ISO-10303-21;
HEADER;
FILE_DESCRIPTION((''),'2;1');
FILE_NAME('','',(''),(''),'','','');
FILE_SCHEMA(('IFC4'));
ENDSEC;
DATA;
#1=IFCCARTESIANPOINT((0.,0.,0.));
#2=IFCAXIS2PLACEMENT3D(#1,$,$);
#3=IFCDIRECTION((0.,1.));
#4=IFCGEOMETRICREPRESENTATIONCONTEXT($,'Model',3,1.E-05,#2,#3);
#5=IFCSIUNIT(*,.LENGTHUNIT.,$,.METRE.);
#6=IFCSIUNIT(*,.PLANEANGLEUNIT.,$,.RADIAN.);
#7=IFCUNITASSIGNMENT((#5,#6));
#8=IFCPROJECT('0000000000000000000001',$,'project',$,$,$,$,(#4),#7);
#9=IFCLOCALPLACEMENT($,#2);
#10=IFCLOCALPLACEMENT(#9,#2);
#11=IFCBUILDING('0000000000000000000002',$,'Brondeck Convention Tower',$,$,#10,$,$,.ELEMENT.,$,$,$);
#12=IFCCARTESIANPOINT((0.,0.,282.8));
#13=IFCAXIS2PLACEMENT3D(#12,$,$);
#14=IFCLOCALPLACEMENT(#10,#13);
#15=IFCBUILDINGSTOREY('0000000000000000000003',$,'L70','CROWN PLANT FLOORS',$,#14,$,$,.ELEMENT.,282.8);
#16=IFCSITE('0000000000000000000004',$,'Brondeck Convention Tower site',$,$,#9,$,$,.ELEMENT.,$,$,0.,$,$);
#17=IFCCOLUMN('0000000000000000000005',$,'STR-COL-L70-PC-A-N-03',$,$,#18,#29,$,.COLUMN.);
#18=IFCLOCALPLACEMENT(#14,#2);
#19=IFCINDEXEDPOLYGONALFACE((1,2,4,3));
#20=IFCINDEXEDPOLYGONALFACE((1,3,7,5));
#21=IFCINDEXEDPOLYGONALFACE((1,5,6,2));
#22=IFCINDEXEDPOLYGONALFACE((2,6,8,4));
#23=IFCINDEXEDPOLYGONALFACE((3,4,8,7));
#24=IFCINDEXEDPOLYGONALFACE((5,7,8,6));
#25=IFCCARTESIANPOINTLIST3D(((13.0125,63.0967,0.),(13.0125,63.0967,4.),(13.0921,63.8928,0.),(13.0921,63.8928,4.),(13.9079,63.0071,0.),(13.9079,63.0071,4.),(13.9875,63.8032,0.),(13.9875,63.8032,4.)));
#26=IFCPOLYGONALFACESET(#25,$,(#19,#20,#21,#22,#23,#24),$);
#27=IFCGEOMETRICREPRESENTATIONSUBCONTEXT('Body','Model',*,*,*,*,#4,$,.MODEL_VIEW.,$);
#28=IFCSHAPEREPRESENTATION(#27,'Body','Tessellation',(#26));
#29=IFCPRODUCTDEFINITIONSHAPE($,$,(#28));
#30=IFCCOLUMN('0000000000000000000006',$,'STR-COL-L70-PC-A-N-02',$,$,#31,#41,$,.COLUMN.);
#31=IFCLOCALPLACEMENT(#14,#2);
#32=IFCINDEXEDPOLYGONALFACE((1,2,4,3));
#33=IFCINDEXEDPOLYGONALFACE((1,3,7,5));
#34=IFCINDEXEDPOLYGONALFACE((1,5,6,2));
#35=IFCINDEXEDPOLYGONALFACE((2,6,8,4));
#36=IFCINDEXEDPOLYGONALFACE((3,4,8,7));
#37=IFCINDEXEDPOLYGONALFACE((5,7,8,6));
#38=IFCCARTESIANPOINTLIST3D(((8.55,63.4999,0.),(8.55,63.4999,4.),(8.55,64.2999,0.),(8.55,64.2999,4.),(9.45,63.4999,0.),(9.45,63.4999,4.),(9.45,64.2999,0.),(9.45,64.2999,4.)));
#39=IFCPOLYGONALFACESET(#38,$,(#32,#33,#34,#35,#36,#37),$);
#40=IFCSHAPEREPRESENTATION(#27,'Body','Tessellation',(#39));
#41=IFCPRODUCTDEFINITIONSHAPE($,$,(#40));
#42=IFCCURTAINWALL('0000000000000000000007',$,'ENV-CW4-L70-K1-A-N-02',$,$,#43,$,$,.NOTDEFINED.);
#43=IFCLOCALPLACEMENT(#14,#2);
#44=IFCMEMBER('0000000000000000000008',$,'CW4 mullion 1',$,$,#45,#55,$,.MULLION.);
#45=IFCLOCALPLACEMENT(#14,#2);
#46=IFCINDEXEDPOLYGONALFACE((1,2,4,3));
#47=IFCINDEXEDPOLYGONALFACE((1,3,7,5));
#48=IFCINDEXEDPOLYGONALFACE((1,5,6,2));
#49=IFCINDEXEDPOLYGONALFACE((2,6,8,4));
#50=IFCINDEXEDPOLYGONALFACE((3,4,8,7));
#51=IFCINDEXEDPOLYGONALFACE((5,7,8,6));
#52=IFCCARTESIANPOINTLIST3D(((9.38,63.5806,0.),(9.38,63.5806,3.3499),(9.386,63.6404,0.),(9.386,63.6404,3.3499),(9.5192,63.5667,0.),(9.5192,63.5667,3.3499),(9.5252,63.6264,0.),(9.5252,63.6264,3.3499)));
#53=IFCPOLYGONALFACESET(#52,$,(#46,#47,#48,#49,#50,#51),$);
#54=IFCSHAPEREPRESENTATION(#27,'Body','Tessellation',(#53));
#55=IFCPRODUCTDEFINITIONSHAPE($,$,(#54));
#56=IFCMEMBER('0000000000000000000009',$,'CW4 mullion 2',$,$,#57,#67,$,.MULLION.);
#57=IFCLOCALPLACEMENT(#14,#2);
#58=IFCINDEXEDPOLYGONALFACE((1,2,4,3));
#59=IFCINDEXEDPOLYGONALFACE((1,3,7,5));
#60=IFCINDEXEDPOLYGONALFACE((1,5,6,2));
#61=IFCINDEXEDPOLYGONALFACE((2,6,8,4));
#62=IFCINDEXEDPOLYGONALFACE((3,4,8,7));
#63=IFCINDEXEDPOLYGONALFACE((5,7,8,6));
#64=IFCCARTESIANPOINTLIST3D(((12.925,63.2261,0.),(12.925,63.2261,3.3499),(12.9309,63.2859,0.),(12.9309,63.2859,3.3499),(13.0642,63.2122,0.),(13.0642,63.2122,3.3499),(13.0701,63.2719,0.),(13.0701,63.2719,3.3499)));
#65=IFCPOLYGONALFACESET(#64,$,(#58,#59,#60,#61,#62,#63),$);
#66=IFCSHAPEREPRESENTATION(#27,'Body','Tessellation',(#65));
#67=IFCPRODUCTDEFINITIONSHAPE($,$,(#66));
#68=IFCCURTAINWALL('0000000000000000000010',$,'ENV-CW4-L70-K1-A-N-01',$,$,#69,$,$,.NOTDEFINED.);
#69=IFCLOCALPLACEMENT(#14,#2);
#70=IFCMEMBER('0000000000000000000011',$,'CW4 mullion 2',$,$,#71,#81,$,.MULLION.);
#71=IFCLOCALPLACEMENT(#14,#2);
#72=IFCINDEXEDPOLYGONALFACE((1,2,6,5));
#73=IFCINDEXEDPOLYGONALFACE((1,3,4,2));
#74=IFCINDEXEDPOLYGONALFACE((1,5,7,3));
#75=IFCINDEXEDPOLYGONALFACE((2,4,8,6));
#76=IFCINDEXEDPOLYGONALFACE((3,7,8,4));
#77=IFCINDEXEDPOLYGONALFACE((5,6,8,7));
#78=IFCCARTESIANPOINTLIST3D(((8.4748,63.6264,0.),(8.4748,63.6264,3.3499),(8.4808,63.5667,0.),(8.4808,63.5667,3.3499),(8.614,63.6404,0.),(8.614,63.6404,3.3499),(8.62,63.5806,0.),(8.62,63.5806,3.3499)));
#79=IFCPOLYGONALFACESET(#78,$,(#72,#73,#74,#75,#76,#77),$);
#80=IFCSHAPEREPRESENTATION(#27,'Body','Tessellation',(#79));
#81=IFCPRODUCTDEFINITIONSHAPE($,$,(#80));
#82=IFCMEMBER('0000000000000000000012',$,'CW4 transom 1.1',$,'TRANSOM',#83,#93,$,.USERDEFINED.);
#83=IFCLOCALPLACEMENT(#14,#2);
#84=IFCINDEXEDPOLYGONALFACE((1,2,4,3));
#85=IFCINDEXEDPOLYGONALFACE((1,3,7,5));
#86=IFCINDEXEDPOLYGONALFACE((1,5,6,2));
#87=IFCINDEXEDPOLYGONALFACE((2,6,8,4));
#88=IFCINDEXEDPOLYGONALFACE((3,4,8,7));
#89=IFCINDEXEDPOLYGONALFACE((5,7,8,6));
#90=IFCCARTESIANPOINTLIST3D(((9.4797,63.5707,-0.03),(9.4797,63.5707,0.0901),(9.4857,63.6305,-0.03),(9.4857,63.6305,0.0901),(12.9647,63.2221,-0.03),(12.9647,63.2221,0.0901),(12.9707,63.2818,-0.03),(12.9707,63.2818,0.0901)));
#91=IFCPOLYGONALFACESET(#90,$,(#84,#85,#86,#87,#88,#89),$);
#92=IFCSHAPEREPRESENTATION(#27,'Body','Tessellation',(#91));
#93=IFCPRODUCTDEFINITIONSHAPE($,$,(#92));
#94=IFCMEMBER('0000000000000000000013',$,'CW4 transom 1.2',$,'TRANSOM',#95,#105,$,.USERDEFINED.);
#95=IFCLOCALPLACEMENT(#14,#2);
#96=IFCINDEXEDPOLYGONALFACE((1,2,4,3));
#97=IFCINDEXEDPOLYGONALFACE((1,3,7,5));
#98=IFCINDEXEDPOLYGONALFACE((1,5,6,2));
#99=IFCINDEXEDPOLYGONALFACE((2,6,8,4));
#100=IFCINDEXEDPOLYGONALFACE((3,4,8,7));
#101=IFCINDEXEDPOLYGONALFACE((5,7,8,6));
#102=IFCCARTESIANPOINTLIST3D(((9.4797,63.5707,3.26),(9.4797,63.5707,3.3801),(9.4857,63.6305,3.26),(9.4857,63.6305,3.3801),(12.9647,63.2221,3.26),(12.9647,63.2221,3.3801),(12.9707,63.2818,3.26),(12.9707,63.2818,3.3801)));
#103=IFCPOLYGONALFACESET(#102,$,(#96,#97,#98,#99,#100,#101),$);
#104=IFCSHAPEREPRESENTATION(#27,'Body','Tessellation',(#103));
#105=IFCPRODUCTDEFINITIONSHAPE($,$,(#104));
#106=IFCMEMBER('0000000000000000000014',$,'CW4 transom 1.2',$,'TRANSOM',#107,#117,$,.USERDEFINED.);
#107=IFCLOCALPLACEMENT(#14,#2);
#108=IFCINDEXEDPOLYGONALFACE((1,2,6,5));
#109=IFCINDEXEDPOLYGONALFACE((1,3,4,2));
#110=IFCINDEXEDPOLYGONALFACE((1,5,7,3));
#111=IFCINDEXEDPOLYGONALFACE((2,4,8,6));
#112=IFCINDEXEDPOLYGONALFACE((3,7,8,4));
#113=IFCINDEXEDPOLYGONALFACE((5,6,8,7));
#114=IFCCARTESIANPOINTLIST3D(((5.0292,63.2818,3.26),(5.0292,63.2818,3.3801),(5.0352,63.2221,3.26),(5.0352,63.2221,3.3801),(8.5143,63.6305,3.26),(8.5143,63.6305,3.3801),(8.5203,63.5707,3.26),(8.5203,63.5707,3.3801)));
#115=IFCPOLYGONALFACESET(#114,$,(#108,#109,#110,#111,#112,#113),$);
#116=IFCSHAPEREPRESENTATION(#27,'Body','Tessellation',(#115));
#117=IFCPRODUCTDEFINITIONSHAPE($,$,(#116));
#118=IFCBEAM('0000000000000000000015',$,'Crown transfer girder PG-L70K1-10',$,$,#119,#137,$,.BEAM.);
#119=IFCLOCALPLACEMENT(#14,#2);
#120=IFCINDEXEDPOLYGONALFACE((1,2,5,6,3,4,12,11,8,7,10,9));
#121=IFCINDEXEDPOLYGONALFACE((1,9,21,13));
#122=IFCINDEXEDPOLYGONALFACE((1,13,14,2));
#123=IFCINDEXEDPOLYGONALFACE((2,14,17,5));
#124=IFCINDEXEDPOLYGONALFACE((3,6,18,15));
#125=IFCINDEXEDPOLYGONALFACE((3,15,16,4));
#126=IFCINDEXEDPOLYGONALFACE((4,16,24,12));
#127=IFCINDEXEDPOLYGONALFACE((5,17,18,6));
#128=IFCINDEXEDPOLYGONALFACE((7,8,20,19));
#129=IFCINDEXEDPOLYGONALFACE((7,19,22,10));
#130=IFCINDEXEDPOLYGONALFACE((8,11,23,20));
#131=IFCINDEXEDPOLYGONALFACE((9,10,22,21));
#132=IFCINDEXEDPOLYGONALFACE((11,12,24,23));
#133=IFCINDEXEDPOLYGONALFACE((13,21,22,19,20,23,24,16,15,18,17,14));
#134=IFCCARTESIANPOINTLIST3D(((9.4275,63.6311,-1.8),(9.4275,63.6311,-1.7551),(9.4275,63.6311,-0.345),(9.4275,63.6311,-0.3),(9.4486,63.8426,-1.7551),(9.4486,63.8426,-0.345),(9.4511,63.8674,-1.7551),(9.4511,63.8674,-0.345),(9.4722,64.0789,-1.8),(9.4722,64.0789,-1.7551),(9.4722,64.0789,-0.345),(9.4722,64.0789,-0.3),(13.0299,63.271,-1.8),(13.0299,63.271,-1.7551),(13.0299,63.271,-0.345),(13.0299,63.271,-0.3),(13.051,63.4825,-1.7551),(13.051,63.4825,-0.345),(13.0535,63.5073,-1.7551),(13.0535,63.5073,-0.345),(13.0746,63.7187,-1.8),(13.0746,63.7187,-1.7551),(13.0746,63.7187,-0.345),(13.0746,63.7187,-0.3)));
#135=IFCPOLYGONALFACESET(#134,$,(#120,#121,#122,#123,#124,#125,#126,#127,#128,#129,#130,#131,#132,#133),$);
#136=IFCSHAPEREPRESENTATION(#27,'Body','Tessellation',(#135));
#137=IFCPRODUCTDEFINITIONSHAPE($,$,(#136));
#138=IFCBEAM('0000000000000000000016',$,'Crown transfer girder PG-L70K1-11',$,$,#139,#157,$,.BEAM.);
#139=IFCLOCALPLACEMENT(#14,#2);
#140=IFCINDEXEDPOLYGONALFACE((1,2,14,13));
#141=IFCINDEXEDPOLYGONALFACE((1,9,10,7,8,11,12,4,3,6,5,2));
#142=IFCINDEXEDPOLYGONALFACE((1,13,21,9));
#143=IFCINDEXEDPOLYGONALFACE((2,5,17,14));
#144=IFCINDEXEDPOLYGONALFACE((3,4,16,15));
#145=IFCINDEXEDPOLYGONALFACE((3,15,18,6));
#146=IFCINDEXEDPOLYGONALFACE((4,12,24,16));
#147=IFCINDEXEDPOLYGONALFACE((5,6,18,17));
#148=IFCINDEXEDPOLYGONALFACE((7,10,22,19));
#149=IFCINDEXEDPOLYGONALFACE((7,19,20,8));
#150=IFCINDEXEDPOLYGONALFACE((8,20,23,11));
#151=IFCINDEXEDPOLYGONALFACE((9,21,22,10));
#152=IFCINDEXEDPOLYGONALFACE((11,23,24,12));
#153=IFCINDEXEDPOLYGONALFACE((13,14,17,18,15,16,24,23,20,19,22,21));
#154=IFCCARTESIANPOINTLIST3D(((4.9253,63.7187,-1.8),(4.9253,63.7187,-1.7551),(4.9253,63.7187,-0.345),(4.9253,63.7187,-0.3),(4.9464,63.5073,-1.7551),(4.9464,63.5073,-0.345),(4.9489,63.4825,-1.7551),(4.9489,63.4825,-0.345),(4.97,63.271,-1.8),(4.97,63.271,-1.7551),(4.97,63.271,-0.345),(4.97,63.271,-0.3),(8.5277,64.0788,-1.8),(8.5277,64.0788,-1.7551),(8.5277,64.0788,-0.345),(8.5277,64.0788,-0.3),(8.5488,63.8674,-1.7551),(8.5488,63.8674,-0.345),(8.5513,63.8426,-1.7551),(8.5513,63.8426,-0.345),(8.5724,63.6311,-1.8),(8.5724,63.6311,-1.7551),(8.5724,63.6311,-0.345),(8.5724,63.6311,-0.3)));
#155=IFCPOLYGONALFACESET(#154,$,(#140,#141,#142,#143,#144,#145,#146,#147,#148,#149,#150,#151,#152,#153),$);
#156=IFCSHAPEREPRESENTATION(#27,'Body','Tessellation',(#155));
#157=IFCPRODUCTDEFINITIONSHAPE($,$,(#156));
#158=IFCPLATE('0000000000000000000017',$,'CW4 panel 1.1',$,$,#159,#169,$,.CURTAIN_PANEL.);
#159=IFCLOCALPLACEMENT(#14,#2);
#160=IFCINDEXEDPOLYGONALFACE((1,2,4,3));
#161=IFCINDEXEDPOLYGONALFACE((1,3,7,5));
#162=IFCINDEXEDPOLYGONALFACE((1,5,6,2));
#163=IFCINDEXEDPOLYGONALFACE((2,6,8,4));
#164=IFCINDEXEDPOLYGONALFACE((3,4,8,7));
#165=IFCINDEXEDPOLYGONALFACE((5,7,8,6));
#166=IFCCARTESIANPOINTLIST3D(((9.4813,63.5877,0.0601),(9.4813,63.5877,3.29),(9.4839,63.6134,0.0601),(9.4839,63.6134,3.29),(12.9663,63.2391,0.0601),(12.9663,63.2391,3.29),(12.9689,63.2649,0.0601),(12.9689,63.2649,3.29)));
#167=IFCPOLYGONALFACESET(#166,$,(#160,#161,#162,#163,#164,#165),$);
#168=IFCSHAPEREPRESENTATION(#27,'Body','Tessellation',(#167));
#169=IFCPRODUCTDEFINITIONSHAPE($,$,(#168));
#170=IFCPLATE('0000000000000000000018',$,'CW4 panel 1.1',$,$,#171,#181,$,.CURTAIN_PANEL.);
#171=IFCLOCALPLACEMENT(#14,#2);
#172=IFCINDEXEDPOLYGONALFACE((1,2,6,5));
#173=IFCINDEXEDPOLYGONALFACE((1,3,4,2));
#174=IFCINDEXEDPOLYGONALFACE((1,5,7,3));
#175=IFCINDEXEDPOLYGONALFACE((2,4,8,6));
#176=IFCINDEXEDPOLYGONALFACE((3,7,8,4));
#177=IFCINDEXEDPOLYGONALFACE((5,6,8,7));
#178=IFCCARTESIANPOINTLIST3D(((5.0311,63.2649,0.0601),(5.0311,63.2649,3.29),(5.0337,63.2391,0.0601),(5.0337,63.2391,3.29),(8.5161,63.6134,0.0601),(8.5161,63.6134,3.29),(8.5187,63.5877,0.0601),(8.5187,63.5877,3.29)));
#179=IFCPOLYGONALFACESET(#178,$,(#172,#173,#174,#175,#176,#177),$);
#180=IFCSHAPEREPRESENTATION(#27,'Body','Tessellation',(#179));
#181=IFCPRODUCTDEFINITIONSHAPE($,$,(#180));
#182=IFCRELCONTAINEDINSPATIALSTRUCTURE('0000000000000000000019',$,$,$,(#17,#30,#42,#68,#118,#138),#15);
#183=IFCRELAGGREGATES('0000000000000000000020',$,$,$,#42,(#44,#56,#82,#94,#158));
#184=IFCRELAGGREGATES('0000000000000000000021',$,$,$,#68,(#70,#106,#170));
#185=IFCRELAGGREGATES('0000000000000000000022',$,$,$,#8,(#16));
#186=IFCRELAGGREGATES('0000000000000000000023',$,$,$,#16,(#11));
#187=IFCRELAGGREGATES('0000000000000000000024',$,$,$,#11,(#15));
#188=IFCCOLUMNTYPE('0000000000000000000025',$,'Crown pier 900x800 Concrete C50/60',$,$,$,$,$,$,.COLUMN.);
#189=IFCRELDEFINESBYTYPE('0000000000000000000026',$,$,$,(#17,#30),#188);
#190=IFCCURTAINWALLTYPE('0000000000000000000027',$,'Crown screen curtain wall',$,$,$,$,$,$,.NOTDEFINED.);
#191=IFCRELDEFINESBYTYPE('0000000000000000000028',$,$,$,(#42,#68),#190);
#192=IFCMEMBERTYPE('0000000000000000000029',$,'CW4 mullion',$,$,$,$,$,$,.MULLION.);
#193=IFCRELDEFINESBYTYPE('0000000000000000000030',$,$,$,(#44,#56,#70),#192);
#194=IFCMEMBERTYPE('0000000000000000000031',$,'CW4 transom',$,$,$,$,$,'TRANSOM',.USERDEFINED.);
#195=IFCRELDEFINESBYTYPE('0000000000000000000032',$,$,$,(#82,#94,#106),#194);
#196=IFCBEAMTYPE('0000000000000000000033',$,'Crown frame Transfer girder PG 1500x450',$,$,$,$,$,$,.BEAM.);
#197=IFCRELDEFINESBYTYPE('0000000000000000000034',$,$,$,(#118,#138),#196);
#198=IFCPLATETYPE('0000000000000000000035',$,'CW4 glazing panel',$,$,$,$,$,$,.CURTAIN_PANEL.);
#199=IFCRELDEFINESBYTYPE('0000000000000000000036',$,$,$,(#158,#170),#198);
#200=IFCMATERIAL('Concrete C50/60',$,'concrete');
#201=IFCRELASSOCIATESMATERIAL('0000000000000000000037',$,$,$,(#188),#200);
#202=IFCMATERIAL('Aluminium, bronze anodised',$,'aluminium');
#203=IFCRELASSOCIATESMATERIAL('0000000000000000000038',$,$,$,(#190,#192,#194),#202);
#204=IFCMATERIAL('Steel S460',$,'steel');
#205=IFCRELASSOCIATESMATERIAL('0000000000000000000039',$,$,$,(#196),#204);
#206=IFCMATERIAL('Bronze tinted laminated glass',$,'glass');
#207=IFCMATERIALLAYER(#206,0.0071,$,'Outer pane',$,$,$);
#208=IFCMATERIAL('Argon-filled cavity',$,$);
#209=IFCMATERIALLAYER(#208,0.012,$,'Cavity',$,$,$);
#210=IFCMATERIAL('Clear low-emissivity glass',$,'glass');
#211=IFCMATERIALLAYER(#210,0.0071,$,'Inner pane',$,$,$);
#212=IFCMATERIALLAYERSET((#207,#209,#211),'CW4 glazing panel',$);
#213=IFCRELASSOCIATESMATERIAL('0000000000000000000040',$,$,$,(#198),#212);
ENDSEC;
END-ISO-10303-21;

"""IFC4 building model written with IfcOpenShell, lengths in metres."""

from ifc_helpers import new_model, si_unit, direction, frame, origin, origin_2d, place, context, subcontext, project, spatial, rectangle, i_section, extrude, material, layer, layer_set, material_profile, profile_set, type_object, element, aggregate, save


model = new_model("IFC4")

# Units and contexts
model_context = context("Model", 3, precision=1e-05, world=origin(), true_north=direction((0.0, 1.0)))
body_context = subcontext(model_context, "Body", "Model", "MODEL_VIEW")
ifc_project = project(units=[si_unit("LENGTHUNIT", "METRE"), si_unit("PLANEANGLEUNIT", "RADIAN")], contexts=[model_context])

# Site, building, storey
site_placement = place(None, origin())
site = spatial("IfcSite", under=ifc_project, at=site_placement, Name="Brondeck Convention Tower site", CompositionType="ELEMENT", RefElevation=0.0)
building_placement = place(site_placement, origin())
building = spatial("IfcBuilding", under=site, at=building_placement, Name="Brondeck Convention Tower", CompositionType="ELEMENT")
storey_placement = place(building_placement, frame((0.0, 0.0, 282.8)))
storey = spatial("IfcBuildingStorey", under=building, at=storey_placement, Name="L70", Description="CROWN PLANT FLOORS", CompositionType="ELEMENT", Elevation=282.8)

# Columns
ifc_material_1 = material(Name="Concrete C50/60", Category="concrete")
ifc_material_profile_1 = material_profile(ifc_material_1, rectangle(XDim=0.8999, YDim=0.8, at=origin_2d()), Name="Crown pier 900x800 Concrete C50/60")
ifc_profile_set_1 = profile_set([ifc_material_profile_1], Name="Concrete C50/60")
column_type = type_object("IfcColumnType", Name="Crown pier 900x800 Concrete C50/60", PredefinedType="COLUMN", material=ifc_profile_set_1)
for number, where, z_axis, x_axis, name in (
    (1, (13.5, 63.45, 0.0), (0.0, 0.0, 1.0), (-0.995037, 0.099504, 0.0), "STR-COL-L70-PC-A-N-03"),
    (2, (9.0, 63.8999, 0.0), (0.0, 0.0, 1.0), (-1.0, 0.0, 0.0), "STR-COL-L70-PC-A-N-02"),
):
    element("IfcColumn", number, at=place(storey_placement, frame(where, z_axis=z_axis, x_axis=x_axis)), inside=storey, type_object=column_type, Name=name, PredefinedType="COLUMN", context=body_context, shape_type="SweptSolid", body=[
        extrude(rectangle(XDim=0.8999, YDim=0.8, at=origin_2d()), origin(), (0.0, 0.0, 1.0), 4.0),
    ])

# Curtain wall, members
ifc_material_2 = material(Name="Aluminium, bronze anodised", Category="aluminium")
curtain_wall_type = type_object("IfcCurtainWallType", Name="Crown screen curtain wall", PredefinedType="NOTDEFINED", material=ifc_material_2)
curtain_wall_1_placement = place(storey_placement, origin())
curtain_wall_1 = element("IfcCurtainWall", 3, at=curtain_wall_1_placement, inside=storey, type_object=curtain_wall_type, Name="ENV-CW4-L70-K1-A-N-02", PredefinedType="NOTDEFINED")
ifc_material_profile_2 = material_profile(ifc_material_2, rectangle(XDim=0.0601, YDim=0.1399, at=origin_2d()), Name="CW4 mullion")
ifc_profile_set_2 = profile_set([ifc_material_profile_2], Name="Aluminium, bronze anodised")
member_type_1 = type_object("IfcMemberType", Name="CW4 mullion", PredefinedType="MULLION", material=ifc_profile_set_2)
member_1_placement = place(storey_placement, frame((9.4526, 63.6035, 0.0), z_axis=(0.0, 0.0, 1.0), x_axis=(0.099517, 0.995036, 0.0)))
member_1 = element("IfcMember", 4, at=member_1_placement, type_object=member_type_1, Name="CW4 mullion 1", PredefinedType="MULLION", context=body_context, shape_type="SweptSolid", body=[
    extrude(rectangle(XDim=0.0601, YDim=0.1399, at=origin_2d()), origin(), (0.0, 0.0, 1.0), 3.3499),
])
member_2_placement = place(storey_placement, frame((12.9976, 63.249, 0.0), z_axis=(0.0, 0.0, 1.0), x_axis=(0.099517, 0.995036, 0.0)))
member_2 = element("IfcMember", 5, at=member_2_placement, type_object=member_type_1, Name="CW4 mullion 2", PredefinedType="MULLION", context=body_context, shape_type="SweptSolid", body=[
    extrude(rectangle(XDim=0.0601, YDim=0.1399, at=origin_2d()), origin(), (0.0, 0.0, 1.0), 3.3499),
])

# Curtain wall, member
curtain_wall_2_placement = place(storey_placement, origin())
curtain_wall_2 = element("IfcCurtainWall", 6, at=curtain_wall_2_placement, inside=storey, type_object=curtain_wall_type, Name="ENV-CW4-L70-K1-A-N-01", PredefinedType="NOTDEFINED")
member_3_placement = place(storey_placement, frame((8.5474, 63.6035, 0.0), z_axis=(0.0, 0.0, 1.0), x_axis=(-0.099517, 0.995036, 0.0)))
member_3 = element("IfcMember", 7, at=member_3_placement, type_object=member_type_1, Name="CW4 mullion 2", PredefinedType="MULLION", context=body_context, shape_type="SweptSolid", body=[
    extrude(rectangle(XDim=0.0601, YDim=0.1399, at=origin_2d()), origin(), (0.0, 0.0, 1.0), 3.3499),
])

# Members
ifc_material_profile_3 = material_profile(ifc_material_2, rectangle(XDim=0.0601, YDim=0.1201, at=origin_2d()), Name="CW4 transom")
ifc_profile_set_3 = profile_set([ifc_material_profile_3], Name="Aluminium, bronze anodised")
member_type_2 = type_object("IfcMemberType", Name="CW4 transom", ElementType="TRANSOM", PredefinedType="USERDEFINED", material=ifc_profile_set_3)
member_4_placement = place(storey_placement, frame((9.4827, 63.6006, 0.03), z_axis=(0.995034, -0.099538, 0.0), x_axis=(0.099538, 0.995034, 0.0)))
member_4 = element("IfcMember", 8, at=member_4_placement, type_object=member_type_2, Name="CW4 transom 1.1", ObjectType="TRANSOM", PredefinedType="USERDEFINED", context=body_context, shape_type="SweptSolid", body=[
    extrude(rectangle(XDim=0.0601, YDim=0.1201, at=origin_2d()), origin(), (0.0, 0.0, 1.0), 3.5024),
])
member_5_placement = place(storey_placement, frame((9.4827, 63.6006, 3.3201), z_axis=(0.995034, -0.099538, 0.0), x_axis=(0.099538, 0.995034, 0.0)))
member_5 = element("IfcMember", 9, at=member_5_placement, type_object=member_type_2, Name="CW4 transom 1.2", ObjectType="TRANSOM", PredefinedType="USERDEFINED", context=body_context, shape_type="SweptSolid", body=[
    extrude(rectangle(XDim=0.0601, YDim=0.1201, at=origin_2d()), origin(), (0.0, 0.0, 1.0), 3.5024),
])
member_6_placement = place(storey_placement, frame((5.0322, 63.252, 3.3201), z_axis=(0.995034, 0.099538, 0.0), x_axis=(-0.099538, 0.995034, 0.0)))
member_6 = element("IfcMember", 10, at=member_6_placement, type_object=member_type_2, Name="CW4 transom 1.2", ObjectType="TRANSOM", PredefinedType="USERDEFINED", context=body_context, shape_type="SweptSolid", body=[
    extrude(rectangle(XDim=0.0601, YDim=0.1201, at=origin_2d()), origin(), (0.0, 0.0, 1.0), 3.5024),
])

# Beams
ifc_material_3 = material(Name="Steel S460", Category="steel")
ifc_material_profile_4 = material_profile(ifc_material_3, i_section(OverallWidth=0.45, OverallDepth=1.5, WebThickness=0.0249, FlangeThickness=0.0449, at=origin_2d()), Name="PG 1500x450")
ifc_profile_set_4 = profile_set([ifc_material_profile_4], Name="Steel S460")
beam_type = type_object("IfcBeamType", Name="Crown frame Transfer girder PG 1500x450", PredefinedType="BEAM", material=ifc_profile_set_4)
for number, where, z_axis, x_axis, name in (
    (11, (13.0522, 63.4949, -1.05), (-0.995041, 0.09947, 0.0), (-0.09947, -0.995041, 0.0), "Crown transfer girder PG-L70K1-10"),
    (12, (8.55, 63.855, -1.05), (-0.995041, -0.09947, 0.0), (0.09947, -0.995041, 0.0), "Crown transfer girder PG-L70K1-11"),
):
    element("IfcBeam", number, at=place(storey_placement, frame(where, z_axis=z_axis, x_axis=x_axis)), inside=storey, type_object=beam_type, Name=name, PredefinedType="BEAM", context=body_context, shape_type="SweptSolid", body=[
        extrude(i_section(OverallWidth=0.45, OverallDepth=1.5, WebThickness=0.0249, FlangeThickness=0.0449, at=origin_2d()), origin(), (0.0, 0.0, 1.0), 3.6204),
    ])

# Plates
ifc_material_4 = material(Name="Bronze tinted laminated glass", Category="glass")
ifc_layer_1 = layer(ifc_material_4, 0.0071, Name="Outer pane")
ifc_material_5 = material(Name="Argon-filled cavity")
ifc_layer_2 = layer(ifc_material_5, 0.012, Name="Cavity")
ifc_material_6 = material(Name="Clear low-emissivity glass", Category="glass")
ifc_layer_3 = layer(ifc_material_6, 0.0071, Name="Inner pane")
ifc_layer_set_1 = layer_set([ifc_layer_1, ifc_layer_2, ifc_layer_3], Name="CW4 glazing panel")
plate_type = type_object("IfcPlateType", Name="CW4 glazing panel", PredefinedType="CURTAIN_PANEL", material=ifc_layer_set_1)
plate_1_placement = place(storey_placement, frame((11.2251, 63.4263, 0.0601), z_axis=(0.0, 0.0, 1.0), x_axis=(0.995036, -0.099517, 0.0)))
plate_1 = element("IfcPlate", 13, at=plate_1_placement, type_object=plate_type, Name="CW4 panel 1.1", PredefinedType="CURTAIN_PANEL", context=body_context, shape_type="SweptSolid", body=[
    extrude(rectangle(XDim=3.5024, YDim=0.0259, at=origin_2d()), origin(), (0.0, 0.0, 1.0), 3.23),
])
aggregate(curtain_wall_1, [member_1, member_2, member_4, member_5, plate_1])
plate_2_placement = place(storey_placement, frame((6.7749, 63.4263, 0.0601), z_axis=(0.0, 0.0, 1.0), x_axis=(0.995036, 0.099517, 0.0)))
plate_2 = element("IfcPlate", 14, at=plate_2_placement, type_object=plate_type, Name="CW4 panel 1.1", PredefinedType="CURTAIN_PANEL", context=body_context, shape_type="SweptSolid", body=[
    extrude(rectangle(XDim=3.5024, YDim=0.0259, at=origin_2d()), origin(), (0.0, 0.0, 1.0), 3.23),
])
aggregate(curtain_wall_2, [member_3, member_6, plate_2])

save(model, "model.ifc")
